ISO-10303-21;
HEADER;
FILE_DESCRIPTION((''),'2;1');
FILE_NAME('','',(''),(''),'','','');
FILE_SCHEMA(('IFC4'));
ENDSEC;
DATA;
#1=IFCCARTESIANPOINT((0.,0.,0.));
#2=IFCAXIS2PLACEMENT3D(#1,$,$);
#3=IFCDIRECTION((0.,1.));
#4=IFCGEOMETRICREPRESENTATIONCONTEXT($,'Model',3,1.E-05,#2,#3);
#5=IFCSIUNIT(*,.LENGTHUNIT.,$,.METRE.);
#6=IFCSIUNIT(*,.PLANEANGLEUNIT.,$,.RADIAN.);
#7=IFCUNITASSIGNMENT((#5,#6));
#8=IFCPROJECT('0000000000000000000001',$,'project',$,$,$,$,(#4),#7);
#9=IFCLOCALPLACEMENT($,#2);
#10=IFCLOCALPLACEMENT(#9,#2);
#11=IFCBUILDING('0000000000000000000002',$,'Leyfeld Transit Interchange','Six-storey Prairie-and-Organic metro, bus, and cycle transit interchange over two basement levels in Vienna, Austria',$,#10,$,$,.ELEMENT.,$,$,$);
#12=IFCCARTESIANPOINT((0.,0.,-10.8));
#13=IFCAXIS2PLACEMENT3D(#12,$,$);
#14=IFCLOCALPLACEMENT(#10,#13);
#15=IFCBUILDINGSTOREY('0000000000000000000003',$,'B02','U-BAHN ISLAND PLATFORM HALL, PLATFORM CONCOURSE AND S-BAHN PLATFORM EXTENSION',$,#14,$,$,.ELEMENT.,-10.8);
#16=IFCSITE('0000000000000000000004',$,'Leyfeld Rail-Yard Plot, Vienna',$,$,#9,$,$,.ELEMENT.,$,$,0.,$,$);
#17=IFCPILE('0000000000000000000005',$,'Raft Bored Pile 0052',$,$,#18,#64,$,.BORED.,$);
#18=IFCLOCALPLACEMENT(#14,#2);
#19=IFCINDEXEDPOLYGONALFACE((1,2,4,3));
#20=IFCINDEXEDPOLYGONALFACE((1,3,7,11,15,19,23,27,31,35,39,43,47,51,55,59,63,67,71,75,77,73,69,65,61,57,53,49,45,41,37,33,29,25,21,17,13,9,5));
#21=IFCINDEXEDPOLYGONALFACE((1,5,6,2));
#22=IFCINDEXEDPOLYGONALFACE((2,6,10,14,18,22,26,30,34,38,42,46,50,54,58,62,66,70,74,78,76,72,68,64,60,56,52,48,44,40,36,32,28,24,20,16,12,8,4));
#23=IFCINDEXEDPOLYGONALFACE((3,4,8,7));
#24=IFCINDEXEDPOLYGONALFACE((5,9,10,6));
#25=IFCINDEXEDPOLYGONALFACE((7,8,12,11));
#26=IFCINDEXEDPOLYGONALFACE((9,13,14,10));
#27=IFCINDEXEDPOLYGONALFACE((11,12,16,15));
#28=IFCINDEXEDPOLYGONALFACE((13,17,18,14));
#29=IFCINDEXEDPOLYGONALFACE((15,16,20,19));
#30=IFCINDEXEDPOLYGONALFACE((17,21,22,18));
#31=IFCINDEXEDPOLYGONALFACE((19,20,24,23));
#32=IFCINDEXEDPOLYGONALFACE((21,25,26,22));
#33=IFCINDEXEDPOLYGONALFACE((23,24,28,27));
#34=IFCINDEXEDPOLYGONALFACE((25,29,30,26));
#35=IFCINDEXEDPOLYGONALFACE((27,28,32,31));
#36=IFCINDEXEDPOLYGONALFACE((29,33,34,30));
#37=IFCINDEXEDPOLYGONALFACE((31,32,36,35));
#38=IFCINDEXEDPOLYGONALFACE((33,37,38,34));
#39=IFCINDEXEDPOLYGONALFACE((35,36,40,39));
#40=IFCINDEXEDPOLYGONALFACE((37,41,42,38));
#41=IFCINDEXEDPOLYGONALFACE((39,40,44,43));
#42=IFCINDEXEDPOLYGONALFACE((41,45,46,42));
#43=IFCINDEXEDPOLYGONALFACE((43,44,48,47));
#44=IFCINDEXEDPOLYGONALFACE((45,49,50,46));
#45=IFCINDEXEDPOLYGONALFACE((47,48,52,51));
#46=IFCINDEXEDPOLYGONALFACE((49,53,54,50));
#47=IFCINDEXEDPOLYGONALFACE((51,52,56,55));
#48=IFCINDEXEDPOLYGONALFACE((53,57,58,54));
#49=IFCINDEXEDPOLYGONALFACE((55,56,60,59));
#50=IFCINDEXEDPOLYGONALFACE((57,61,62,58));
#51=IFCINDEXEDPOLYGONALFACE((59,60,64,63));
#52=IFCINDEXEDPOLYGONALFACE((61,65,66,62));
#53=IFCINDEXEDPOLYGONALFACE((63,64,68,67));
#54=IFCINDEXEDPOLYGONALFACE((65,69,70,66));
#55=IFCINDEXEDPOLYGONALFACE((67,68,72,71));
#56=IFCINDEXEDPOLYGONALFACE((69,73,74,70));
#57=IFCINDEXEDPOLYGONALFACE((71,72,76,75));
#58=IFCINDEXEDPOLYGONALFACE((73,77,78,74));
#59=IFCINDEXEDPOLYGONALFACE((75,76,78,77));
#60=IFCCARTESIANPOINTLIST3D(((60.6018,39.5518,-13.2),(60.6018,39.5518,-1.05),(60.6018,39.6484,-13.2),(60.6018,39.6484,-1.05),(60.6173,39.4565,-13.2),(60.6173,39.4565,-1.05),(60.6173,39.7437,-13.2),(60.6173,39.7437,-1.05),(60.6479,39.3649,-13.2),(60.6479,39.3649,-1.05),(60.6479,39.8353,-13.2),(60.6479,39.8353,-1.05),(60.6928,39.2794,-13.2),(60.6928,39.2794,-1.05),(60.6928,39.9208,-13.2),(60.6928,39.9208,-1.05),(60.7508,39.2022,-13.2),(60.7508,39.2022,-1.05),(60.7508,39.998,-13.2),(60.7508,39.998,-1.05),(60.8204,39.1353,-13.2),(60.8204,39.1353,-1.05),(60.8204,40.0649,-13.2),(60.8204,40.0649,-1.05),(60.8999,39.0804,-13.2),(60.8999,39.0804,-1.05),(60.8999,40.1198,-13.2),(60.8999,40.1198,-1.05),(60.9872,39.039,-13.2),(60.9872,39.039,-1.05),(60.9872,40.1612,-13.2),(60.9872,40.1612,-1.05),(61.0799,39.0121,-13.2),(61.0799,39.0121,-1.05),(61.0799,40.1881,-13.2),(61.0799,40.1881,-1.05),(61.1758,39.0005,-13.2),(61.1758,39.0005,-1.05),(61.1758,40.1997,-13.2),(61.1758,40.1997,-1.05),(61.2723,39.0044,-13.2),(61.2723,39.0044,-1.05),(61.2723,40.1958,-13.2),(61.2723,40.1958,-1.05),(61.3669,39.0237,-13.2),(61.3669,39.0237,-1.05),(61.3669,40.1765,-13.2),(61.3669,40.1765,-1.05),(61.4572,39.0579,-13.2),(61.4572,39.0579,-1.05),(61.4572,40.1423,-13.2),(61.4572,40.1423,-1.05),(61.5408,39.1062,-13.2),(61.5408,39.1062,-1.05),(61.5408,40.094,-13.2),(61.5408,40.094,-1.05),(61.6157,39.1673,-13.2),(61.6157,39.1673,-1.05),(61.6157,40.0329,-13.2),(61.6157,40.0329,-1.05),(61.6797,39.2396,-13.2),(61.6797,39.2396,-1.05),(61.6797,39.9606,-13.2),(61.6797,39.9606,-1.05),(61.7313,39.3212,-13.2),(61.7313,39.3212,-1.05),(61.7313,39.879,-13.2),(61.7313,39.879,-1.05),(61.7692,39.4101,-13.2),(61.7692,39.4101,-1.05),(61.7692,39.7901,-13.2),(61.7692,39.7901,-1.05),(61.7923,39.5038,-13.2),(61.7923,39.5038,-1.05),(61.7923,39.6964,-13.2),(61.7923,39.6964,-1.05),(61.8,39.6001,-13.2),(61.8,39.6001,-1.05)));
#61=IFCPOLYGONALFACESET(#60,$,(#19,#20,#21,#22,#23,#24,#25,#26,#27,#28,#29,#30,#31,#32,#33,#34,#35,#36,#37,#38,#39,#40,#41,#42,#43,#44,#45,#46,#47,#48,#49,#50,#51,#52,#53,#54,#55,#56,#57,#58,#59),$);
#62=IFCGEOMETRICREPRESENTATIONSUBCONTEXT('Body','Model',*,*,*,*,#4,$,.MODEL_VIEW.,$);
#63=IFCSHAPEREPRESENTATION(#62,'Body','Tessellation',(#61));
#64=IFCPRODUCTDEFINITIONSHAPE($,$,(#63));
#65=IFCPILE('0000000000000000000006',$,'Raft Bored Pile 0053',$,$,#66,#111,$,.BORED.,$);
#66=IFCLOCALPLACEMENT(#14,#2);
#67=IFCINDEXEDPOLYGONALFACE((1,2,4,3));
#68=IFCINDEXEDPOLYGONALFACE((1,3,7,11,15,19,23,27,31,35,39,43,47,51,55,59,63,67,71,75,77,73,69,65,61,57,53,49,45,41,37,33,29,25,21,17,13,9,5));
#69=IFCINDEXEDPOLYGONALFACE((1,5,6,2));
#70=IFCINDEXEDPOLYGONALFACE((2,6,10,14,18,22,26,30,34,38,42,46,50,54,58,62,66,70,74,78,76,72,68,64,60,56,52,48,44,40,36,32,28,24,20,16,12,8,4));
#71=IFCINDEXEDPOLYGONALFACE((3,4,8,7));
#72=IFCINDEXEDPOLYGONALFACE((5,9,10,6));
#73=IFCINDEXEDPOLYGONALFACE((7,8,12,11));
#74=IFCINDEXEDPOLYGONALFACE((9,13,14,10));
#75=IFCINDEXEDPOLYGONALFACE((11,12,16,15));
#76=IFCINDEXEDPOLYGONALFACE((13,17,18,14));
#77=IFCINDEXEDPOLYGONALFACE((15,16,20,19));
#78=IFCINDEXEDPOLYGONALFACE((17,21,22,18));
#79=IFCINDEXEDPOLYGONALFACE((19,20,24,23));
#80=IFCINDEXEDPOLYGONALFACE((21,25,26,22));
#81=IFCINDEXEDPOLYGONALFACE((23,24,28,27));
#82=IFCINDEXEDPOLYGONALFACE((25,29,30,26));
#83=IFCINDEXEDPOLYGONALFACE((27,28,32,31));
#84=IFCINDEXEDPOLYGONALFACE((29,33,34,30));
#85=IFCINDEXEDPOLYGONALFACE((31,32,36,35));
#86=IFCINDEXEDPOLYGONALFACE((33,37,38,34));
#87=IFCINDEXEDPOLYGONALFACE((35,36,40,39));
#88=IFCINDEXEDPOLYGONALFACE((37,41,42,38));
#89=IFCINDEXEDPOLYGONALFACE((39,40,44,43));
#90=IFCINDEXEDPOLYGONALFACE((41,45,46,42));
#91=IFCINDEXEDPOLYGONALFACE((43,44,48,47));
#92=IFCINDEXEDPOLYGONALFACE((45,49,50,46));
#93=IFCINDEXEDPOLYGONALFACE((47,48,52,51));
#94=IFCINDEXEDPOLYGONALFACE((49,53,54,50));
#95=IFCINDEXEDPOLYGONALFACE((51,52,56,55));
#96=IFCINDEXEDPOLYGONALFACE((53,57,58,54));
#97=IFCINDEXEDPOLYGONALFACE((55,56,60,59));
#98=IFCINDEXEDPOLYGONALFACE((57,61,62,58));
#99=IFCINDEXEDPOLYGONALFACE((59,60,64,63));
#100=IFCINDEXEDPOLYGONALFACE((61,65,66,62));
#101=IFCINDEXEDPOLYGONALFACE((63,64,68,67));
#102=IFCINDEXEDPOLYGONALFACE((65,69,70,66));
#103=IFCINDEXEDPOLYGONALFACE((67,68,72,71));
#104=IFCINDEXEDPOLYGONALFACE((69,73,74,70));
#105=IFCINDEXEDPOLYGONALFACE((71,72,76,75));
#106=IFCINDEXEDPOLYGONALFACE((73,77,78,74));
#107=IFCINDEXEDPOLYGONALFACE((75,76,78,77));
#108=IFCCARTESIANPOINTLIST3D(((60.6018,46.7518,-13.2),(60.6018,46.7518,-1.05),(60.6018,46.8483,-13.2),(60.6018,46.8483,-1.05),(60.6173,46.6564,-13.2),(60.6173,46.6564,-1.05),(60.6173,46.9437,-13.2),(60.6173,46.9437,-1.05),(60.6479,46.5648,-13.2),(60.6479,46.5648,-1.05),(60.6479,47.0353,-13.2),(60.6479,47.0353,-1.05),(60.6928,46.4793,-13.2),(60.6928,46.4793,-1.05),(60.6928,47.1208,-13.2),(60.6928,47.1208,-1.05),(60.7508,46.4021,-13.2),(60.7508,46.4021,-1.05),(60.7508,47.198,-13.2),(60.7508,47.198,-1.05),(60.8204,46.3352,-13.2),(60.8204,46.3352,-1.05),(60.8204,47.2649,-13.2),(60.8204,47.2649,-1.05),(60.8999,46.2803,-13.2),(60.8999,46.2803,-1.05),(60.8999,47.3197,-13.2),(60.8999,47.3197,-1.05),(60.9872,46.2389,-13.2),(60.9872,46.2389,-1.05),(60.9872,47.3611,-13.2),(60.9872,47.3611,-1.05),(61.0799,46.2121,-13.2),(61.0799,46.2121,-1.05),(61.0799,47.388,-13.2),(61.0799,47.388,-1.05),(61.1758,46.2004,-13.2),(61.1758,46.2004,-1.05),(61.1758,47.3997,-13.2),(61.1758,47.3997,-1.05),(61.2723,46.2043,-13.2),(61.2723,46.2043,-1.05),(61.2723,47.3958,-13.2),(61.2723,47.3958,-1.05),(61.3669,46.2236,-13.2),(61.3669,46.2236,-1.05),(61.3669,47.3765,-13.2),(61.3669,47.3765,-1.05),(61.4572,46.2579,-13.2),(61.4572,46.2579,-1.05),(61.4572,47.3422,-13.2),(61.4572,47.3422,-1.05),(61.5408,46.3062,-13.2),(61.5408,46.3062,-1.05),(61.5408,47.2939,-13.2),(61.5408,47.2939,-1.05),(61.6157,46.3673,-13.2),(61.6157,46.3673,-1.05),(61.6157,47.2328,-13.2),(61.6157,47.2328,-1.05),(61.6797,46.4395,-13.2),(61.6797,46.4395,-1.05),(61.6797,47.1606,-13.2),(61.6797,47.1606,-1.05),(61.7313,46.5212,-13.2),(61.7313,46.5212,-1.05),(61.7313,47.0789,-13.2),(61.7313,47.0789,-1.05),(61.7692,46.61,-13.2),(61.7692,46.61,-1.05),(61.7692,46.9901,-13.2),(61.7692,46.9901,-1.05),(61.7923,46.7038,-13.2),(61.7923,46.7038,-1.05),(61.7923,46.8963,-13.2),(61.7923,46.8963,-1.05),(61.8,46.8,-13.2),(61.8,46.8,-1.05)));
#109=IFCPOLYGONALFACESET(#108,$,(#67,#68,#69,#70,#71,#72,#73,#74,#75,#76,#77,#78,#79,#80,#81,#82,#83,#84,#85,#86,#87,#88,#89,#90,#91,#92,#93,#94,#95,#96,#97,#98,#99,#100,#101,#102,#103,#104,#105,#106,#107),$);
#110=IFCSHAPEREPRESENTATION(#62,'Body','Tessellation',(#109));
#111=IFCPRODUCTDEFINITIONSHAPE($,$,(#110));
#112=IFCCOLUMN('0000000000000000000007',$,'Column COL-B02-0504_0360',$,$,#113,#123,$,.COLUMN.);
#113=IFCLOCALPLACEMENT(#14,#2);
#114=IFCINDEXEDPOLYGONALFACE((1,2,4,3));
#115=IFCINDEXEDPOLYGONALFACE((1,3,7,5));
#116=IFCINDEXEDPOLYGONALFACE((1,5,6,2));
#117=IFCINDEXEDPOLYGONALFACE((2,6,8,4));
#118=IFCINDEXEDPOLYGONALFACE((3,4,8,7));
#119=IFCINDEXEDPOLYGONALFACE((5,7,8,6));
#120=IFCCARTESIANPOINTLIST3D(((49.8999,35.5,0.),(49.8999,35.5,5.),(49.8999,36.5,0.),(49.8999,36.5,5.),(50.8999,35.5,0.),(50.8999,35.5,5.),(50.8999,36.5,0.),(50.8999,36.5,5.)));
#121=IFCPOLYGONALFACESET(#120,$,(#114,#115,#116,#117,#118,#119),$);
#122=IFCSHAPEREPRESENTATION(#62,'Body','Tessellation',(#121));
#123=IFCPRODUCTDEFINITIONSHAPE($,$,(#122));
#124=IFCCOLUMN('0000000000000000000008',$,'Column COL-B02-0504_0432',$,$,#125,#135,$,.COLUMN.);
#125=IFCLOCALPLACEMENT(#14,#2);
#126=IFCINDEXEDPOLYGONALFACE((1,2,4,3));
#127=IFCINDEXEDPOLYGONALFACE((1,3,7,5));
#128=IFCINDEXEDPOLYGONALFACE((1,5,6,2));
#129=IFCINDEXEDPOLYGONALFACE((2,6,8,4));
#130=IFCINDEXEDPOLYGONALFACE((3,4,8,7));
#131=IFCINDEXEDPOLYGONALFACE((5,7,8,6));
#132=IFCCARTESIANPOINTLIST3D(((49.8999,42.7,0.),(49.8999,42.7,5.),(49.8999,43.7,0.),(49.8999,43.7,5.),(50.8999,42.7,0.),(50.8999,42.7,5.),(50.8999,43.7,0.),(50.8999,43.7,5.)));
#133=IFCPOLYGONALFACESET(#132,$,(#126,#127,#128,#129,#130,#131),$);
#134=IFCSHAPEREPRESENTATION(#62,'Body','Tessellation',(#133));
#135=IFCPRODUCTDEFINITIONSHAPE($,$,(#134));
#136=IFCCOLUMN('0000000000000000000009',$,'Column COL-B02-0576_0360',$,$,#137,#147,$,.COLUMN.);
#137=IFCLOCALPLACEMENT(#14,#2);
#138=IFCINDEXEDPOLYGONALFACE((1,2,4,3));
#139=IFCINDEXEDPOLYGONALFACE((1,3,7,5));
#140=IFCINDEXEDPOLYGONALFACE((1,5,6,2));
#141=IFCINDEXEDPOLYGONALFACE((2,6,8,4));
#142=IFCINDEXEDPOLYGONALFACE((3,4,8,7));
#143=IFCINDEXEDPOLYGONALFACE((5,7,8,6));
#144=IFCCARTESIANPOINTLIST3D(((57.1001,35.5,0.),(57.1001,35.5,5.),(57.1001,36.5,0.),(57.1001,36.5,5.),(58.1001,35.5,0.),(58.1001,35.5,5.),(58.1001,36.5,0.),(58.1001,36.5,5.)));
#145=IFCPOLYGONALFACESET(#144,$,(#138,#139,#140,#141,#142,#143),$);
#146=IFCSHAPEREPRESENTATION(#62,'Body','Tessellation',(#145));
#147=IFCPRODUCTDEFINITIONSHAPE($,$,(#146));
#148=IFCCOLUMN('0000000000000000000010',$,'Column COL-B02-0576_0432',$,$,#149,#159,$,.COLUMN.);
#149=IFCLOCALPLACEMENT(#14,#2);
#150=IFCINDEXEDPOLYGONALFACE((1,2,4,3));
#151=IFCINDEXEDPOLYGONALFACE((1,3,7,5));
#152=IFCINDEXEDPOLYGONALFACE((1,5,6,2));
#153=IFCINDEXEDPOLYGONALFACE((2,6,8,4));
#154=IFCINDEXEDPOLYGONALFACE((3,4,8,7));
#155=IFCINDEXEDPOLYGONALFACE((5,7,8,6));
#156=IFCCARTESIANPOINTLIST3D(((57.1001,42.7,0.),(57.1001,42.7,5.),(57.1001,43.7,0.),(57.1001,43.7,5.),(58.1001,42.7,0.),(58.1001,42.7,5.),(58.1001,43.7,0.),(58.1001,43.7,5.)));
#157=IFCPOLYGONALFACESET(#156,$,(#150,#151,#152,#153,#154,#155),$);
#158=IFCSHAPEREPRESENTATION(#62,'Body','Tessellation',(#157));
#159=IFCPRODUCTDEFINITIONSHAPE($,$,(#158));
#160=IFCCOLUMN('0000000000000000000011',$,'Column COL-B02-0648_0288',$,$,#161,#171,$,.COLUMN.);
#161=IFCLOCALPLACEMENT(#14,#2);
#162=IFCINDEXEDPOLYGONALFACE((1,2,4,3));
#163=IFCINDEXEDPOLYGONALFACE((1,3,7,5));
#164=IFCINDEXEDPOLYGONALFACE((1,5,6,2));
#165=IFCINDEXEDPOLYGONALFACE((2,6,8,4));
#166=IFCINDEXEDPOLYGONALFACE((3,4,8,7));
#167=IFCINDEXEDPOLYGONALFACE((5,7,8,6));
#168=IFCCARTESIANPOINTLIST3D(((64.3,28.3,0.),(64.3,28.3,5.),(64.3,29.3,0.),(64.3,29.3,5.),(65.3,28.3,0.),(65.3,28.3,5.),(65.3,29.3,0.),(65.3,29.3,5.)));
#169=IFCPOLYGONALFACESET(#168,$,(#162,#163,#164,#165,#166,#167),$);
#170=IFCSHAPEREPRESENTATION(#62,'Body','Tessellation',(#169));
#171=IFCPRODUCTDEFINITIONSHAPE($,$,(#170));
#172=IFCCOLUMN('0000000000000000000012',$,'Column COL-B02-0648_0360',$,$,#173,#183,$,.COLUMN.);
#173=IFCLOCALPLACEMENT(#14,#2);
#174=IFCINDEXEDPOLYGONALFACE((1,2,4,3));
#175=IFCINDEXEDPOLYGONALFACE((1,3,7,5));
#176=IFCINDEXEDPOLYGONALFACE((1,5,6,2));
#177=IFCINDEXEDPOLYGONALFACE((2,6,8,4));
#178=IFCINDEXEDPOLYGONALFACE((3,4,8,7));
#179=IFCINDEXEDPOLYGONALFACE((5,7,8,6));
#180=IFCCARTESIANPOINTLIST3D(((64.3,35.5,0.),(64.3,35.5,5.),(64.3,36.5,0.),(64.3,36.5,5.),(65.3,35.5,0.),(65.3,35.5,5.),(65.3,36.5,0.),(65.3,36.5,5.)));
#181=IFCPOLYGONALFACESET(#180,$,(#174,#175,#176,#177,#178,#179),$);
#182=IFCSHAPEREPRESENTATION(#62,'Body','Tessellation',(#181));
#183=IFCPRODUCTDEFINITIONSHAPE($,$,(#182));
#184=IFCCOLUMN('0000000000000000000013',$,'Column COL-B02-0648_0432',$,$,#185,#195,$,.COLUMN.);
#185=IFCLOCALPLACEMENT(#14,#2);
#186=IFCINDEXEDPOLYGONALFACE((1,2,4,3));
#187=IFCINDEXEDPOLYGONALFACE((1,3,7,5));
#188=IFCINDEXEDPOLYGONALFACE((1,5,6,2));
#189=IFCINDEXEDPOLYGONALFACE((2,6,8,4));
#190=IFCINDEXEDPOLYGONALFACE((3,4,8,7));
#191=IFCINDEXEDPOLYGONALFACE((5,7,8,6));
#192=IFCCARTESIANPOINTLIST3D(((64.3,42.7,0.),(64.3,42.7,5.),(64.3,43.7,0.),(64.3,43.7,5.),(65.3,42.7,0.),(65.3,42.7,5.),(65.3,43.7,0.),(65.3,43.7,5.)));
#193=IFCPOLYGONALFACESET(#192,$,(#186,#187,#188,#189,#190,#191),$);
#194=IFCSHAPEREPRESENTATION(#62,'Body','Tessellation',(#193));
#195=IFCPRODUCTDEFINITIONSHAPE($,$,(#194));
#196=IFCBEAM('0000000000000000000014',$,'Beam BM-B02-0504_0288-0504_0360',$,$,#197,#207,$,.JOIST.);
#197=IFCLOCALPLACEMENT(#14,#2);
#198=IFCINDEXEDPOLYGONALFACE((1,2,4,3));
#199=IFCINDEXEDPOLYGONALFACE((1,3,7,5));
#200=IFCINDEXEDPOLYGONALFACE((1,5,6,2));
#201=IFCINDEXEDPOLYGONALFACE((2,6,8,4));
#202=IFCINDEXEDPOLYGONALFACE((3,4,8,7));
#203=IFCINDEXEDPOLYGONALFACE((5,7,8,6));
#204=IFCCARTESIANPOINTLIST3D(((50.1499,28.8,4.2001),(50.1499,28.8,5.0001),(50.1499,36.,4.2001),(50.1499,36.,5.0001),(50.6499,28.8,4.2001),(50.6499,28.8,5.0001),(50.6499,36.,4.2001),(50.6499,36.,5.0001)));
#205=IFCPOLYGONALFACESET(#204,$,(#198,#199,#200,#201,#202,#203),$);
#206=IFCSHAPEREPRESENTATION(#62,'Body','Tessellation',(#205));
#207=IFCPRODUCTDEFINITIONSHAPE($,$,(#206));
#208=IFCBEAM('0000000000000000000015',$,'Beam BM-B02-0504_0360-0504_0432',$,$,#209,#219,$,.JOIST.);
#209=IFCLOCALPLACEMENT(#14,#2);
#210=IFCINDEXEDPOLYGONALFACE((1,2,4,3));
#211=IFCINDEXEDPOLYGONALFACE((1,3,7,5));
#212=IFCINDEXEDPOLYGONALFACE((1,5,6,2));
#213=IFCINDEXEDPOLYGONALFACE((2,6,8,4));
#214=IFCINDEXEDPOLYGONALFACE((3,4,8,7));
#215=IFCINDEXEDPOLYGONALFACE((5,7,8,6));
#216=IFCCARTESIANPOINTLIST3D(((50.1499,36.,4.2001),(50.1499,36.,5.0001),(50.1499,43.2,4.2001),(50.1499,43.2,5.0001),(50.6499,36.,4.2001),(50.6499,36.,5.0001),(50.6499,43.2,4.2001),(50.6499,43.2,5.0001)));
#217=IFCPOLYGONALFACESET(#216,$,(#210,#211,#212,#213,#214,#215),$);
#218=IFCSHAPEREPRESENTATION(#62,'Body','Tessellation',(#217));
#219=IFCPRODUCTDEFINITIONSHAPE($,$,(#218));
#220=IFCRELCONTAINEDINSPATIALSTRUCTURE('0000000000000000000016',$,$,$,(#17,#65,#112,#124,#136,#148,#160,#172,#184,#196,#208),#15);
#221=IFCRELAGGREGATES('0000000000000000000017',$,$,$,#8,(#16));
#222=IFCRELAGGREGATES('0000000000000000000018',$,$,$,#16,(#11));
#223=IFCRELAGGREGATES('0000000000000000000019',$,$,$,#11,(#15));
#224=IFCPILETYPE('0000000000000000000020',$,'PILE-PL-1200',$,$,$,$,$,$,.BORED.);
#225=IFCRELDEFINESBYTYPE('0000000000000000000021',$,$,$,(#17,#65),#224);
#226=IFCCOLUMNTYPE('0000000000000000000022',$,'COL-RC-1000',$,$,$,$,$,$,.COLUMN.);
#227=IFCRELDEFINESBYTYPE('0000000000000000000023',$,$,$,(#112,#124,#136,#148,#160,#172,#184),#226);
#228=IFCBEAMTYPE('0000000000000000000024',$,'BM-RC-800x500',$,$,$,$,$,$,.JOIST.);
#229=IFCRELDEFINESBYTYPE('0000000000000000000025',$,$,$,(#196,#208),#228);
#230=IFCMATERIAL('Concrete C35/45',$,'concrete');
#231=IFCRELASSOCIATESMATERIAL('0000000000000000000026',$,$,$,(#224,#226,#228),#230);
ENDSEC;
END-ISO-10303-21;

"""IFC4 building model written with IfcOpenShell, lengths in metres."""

from ifc_helpers import new_model, si_unit, direction, frame, origin, origin_2d, place, context, subcontext, project, spatial, rectangle, circle, extrude, material, material_profile, profile_set, type_object, element, save


model = new_model("IFC4")

# Units and contexts
model_context = context("Model", 3, precision=1e-05, world=origin(), true_north=direction((0.0, 1.0)))
body_context = subcontext(model_context, "Body", "Model", "MODEL_VIEW")
ifc_project = project(units=[si_unit("LENGTHUNIT", "METRE"), si_unit("PLANEANGLEUNIT", "RADIAN")], contexts=[model_context])

# Site, building, storey
site_placement = place(None, origin())
site = spatial("IfcSite", under=ifc_project, at=site_placement, Name="Leyfeld Rail-Yard Plot, Vienna", CompositionType="ELEMENT", RefElevation=0.0)
building_placement = place(site_placement, origin())
building = spatial("IfcBuilding", under=site, at=building_placement, Name="Leyfeld Transit Interchange", Description="Six-storey Prairie-and-Organic metro, bus, and cycle transit interchange over two basement levels in Vienna, Austria", CompositionType="ELEMENT")
storey_placement = place(building_placement, frame((0.0, 0.0, -10.8)))
storey = spatial("IfcBuildingStorey", under=building, at=storey_placement, Name="B02", Description="U-BAHN ISLAND PLATFORM HALL, PLATFORM CONCOURSE AND S-BAHN PLATFORM EXTENSION", CompositionType="ELEMENT", Elevation=-10.8)

# Piles
ifc_material_1 = material(Name="Concrete C35/45", Category="concrete")
ifc_material_profile_1 = material_profile(ifc_material_1, circle(Radius=0.6001, at=origin_2d()), Name="PILE D1200")
ifc_profile_set_1 = profile_set([ifc_material_profile_1], Name="Concrete C35/45")
pile_type = type_object("IfcPileType", Name="PILE-PL-1200", PredefinedType="BORED", material=ifc_profile_set_1)
for number, where, z_axis, x_axis, name in (
    (1, (61.2, 39.6001, -1.05), (0.0, 0.0, -1.0), (1.0, 0.0, 0.0), "Raft Bored Pile 0052"),
    (2, (61.2, 46.8, -1.05), (0.0, 0.0, -1.0), (1.0, 0.0, 0.0), "Raft Bored Pile 0053"),
):
    element("IfcPile", number, at=place(storey_placement, frame(where, z_axis=z_axis, x_axis=x_axis)), inside=storey, type_object=pile_type, Name=name, PredefinedType="BORED", context=body_context, shape_type="SweptSolid", body=[
        extrude(circle(Radius=0.6001, at=origin_2d()), origin(), (0.0, 0.0, 1.0), 12.1499),
    ])

# Columns
ifc_material_profile_2 = material_profile(ifc_material_1, rectangle(XDim=1.0, YDim=1.0, at=origin_2d()), Name="RC 1000x1000")
ifc_profile_set_2 = profile_set([ifc_material_profile_2], Name="Concrete C35/45")
column_type = type_object("IfcColumnType", Name="COL-RC-1000", PredefinedType="COLUMN", material=ifc_profile_set_2)
for number, where, z_axis, x_axis, name in (
    (3, (50.3999, 36.0, 0.0), (0.0, 0.0, 1.0), (1.0, 0.0, 0.0), "Column COL-B02-0504_0360"),
    (4, (50.3999, 43.2, 0.0), (0.0, 0.0, 1.0), (1.0, 0.0, 0.0), "Column COL-B02-0504_0432"),
    (5, (57.6001, 36.0, 0.0), (0.0, 0.0, 1.0), (1.0, 0.0, 0.0), "Column COL-B02-0576_0360"),
    (6, (57.6001, 43.2, 0.0), (0.0, 0.0, 1.0), (1.0, 0.0, 0.0), "Column COL-B02-0576_0432"),
    (7, (64.8, 28.8, 0.0), (0.0, 0.0, 1.0), (1.0, 0.0, 0.0), "Column COL-B02-0648_0288"),
    (8, (64.8, 36.0, 0.0), (0.0, 0.0, 1.0), (1.0, 0.0, 0.0), "Column COL-B02-0648_0360"),
    (9, (64.8, 43.2, 0.0), (0.0, 0.0, 1.0), (1.0, 0.0, 0.0), "Column COL-B02-0648_0432"),
):
    element("IfcColumn", number, at=place(storey_placement, frame(where, z_axis=z_axis, x_axis=x_axis)), inside=storey, type_object=column_type, Name=name, PredefinedType="COLUMN", context=body_context, shape_type="SweptSolid", body=[
        extrude(rectangle(XDim=1.0, YDim=1.0, at=origin_2d()), origin(), (0.0, 0.0, 1.0), 5.0),
    ])

# Beams
ifc_material_profile_3 = material_profile(ifc_material_1, rectangle(XDim=0.5, YDim=0.8, at=origin_2d()), Name="RC 800x500")
ifc_profile_set_3 = profile_set([ifc_material_profile_3], Name="Concrete C35/45")
beam_type_1 = type_object("IfcBeamType", Name="BM-RC-800x500", PredefinedType="JOIST", material=ifc_profile_set_3)
for number, where, z_axis, x_axis, name in (
    (10, (50.3999, 28.8, 4.6001), (0.0, 1.0, 0.0), (-1.0, 0.0, 0.0), "Beam BM-B02-0504_0288-0504_0360"),
    (11, (50.3999, 36.0, 4.6001), (0.0, 1.0, 0.0), (-1.0, 0.0, 0.0), "Beam BM-B02-0504_0360-0504_0432"),
):
    element("IfcBeam", number, at=place(storey_placement, frame(where, z_axis=z_axis, x_axis=x_axis)), inside=storey, type_object=beam_type_1, Name=name, PredefinedType="JOIST", context=body_context, shape_type="SweptSolid", body=[
        extrude(rectangle(XDim=0.5, YDim=0.8, at=origin_2d()), origin(), (0.0, 0.0, 1.0), 7.2),
    ])

save(model, "model.ifc")
